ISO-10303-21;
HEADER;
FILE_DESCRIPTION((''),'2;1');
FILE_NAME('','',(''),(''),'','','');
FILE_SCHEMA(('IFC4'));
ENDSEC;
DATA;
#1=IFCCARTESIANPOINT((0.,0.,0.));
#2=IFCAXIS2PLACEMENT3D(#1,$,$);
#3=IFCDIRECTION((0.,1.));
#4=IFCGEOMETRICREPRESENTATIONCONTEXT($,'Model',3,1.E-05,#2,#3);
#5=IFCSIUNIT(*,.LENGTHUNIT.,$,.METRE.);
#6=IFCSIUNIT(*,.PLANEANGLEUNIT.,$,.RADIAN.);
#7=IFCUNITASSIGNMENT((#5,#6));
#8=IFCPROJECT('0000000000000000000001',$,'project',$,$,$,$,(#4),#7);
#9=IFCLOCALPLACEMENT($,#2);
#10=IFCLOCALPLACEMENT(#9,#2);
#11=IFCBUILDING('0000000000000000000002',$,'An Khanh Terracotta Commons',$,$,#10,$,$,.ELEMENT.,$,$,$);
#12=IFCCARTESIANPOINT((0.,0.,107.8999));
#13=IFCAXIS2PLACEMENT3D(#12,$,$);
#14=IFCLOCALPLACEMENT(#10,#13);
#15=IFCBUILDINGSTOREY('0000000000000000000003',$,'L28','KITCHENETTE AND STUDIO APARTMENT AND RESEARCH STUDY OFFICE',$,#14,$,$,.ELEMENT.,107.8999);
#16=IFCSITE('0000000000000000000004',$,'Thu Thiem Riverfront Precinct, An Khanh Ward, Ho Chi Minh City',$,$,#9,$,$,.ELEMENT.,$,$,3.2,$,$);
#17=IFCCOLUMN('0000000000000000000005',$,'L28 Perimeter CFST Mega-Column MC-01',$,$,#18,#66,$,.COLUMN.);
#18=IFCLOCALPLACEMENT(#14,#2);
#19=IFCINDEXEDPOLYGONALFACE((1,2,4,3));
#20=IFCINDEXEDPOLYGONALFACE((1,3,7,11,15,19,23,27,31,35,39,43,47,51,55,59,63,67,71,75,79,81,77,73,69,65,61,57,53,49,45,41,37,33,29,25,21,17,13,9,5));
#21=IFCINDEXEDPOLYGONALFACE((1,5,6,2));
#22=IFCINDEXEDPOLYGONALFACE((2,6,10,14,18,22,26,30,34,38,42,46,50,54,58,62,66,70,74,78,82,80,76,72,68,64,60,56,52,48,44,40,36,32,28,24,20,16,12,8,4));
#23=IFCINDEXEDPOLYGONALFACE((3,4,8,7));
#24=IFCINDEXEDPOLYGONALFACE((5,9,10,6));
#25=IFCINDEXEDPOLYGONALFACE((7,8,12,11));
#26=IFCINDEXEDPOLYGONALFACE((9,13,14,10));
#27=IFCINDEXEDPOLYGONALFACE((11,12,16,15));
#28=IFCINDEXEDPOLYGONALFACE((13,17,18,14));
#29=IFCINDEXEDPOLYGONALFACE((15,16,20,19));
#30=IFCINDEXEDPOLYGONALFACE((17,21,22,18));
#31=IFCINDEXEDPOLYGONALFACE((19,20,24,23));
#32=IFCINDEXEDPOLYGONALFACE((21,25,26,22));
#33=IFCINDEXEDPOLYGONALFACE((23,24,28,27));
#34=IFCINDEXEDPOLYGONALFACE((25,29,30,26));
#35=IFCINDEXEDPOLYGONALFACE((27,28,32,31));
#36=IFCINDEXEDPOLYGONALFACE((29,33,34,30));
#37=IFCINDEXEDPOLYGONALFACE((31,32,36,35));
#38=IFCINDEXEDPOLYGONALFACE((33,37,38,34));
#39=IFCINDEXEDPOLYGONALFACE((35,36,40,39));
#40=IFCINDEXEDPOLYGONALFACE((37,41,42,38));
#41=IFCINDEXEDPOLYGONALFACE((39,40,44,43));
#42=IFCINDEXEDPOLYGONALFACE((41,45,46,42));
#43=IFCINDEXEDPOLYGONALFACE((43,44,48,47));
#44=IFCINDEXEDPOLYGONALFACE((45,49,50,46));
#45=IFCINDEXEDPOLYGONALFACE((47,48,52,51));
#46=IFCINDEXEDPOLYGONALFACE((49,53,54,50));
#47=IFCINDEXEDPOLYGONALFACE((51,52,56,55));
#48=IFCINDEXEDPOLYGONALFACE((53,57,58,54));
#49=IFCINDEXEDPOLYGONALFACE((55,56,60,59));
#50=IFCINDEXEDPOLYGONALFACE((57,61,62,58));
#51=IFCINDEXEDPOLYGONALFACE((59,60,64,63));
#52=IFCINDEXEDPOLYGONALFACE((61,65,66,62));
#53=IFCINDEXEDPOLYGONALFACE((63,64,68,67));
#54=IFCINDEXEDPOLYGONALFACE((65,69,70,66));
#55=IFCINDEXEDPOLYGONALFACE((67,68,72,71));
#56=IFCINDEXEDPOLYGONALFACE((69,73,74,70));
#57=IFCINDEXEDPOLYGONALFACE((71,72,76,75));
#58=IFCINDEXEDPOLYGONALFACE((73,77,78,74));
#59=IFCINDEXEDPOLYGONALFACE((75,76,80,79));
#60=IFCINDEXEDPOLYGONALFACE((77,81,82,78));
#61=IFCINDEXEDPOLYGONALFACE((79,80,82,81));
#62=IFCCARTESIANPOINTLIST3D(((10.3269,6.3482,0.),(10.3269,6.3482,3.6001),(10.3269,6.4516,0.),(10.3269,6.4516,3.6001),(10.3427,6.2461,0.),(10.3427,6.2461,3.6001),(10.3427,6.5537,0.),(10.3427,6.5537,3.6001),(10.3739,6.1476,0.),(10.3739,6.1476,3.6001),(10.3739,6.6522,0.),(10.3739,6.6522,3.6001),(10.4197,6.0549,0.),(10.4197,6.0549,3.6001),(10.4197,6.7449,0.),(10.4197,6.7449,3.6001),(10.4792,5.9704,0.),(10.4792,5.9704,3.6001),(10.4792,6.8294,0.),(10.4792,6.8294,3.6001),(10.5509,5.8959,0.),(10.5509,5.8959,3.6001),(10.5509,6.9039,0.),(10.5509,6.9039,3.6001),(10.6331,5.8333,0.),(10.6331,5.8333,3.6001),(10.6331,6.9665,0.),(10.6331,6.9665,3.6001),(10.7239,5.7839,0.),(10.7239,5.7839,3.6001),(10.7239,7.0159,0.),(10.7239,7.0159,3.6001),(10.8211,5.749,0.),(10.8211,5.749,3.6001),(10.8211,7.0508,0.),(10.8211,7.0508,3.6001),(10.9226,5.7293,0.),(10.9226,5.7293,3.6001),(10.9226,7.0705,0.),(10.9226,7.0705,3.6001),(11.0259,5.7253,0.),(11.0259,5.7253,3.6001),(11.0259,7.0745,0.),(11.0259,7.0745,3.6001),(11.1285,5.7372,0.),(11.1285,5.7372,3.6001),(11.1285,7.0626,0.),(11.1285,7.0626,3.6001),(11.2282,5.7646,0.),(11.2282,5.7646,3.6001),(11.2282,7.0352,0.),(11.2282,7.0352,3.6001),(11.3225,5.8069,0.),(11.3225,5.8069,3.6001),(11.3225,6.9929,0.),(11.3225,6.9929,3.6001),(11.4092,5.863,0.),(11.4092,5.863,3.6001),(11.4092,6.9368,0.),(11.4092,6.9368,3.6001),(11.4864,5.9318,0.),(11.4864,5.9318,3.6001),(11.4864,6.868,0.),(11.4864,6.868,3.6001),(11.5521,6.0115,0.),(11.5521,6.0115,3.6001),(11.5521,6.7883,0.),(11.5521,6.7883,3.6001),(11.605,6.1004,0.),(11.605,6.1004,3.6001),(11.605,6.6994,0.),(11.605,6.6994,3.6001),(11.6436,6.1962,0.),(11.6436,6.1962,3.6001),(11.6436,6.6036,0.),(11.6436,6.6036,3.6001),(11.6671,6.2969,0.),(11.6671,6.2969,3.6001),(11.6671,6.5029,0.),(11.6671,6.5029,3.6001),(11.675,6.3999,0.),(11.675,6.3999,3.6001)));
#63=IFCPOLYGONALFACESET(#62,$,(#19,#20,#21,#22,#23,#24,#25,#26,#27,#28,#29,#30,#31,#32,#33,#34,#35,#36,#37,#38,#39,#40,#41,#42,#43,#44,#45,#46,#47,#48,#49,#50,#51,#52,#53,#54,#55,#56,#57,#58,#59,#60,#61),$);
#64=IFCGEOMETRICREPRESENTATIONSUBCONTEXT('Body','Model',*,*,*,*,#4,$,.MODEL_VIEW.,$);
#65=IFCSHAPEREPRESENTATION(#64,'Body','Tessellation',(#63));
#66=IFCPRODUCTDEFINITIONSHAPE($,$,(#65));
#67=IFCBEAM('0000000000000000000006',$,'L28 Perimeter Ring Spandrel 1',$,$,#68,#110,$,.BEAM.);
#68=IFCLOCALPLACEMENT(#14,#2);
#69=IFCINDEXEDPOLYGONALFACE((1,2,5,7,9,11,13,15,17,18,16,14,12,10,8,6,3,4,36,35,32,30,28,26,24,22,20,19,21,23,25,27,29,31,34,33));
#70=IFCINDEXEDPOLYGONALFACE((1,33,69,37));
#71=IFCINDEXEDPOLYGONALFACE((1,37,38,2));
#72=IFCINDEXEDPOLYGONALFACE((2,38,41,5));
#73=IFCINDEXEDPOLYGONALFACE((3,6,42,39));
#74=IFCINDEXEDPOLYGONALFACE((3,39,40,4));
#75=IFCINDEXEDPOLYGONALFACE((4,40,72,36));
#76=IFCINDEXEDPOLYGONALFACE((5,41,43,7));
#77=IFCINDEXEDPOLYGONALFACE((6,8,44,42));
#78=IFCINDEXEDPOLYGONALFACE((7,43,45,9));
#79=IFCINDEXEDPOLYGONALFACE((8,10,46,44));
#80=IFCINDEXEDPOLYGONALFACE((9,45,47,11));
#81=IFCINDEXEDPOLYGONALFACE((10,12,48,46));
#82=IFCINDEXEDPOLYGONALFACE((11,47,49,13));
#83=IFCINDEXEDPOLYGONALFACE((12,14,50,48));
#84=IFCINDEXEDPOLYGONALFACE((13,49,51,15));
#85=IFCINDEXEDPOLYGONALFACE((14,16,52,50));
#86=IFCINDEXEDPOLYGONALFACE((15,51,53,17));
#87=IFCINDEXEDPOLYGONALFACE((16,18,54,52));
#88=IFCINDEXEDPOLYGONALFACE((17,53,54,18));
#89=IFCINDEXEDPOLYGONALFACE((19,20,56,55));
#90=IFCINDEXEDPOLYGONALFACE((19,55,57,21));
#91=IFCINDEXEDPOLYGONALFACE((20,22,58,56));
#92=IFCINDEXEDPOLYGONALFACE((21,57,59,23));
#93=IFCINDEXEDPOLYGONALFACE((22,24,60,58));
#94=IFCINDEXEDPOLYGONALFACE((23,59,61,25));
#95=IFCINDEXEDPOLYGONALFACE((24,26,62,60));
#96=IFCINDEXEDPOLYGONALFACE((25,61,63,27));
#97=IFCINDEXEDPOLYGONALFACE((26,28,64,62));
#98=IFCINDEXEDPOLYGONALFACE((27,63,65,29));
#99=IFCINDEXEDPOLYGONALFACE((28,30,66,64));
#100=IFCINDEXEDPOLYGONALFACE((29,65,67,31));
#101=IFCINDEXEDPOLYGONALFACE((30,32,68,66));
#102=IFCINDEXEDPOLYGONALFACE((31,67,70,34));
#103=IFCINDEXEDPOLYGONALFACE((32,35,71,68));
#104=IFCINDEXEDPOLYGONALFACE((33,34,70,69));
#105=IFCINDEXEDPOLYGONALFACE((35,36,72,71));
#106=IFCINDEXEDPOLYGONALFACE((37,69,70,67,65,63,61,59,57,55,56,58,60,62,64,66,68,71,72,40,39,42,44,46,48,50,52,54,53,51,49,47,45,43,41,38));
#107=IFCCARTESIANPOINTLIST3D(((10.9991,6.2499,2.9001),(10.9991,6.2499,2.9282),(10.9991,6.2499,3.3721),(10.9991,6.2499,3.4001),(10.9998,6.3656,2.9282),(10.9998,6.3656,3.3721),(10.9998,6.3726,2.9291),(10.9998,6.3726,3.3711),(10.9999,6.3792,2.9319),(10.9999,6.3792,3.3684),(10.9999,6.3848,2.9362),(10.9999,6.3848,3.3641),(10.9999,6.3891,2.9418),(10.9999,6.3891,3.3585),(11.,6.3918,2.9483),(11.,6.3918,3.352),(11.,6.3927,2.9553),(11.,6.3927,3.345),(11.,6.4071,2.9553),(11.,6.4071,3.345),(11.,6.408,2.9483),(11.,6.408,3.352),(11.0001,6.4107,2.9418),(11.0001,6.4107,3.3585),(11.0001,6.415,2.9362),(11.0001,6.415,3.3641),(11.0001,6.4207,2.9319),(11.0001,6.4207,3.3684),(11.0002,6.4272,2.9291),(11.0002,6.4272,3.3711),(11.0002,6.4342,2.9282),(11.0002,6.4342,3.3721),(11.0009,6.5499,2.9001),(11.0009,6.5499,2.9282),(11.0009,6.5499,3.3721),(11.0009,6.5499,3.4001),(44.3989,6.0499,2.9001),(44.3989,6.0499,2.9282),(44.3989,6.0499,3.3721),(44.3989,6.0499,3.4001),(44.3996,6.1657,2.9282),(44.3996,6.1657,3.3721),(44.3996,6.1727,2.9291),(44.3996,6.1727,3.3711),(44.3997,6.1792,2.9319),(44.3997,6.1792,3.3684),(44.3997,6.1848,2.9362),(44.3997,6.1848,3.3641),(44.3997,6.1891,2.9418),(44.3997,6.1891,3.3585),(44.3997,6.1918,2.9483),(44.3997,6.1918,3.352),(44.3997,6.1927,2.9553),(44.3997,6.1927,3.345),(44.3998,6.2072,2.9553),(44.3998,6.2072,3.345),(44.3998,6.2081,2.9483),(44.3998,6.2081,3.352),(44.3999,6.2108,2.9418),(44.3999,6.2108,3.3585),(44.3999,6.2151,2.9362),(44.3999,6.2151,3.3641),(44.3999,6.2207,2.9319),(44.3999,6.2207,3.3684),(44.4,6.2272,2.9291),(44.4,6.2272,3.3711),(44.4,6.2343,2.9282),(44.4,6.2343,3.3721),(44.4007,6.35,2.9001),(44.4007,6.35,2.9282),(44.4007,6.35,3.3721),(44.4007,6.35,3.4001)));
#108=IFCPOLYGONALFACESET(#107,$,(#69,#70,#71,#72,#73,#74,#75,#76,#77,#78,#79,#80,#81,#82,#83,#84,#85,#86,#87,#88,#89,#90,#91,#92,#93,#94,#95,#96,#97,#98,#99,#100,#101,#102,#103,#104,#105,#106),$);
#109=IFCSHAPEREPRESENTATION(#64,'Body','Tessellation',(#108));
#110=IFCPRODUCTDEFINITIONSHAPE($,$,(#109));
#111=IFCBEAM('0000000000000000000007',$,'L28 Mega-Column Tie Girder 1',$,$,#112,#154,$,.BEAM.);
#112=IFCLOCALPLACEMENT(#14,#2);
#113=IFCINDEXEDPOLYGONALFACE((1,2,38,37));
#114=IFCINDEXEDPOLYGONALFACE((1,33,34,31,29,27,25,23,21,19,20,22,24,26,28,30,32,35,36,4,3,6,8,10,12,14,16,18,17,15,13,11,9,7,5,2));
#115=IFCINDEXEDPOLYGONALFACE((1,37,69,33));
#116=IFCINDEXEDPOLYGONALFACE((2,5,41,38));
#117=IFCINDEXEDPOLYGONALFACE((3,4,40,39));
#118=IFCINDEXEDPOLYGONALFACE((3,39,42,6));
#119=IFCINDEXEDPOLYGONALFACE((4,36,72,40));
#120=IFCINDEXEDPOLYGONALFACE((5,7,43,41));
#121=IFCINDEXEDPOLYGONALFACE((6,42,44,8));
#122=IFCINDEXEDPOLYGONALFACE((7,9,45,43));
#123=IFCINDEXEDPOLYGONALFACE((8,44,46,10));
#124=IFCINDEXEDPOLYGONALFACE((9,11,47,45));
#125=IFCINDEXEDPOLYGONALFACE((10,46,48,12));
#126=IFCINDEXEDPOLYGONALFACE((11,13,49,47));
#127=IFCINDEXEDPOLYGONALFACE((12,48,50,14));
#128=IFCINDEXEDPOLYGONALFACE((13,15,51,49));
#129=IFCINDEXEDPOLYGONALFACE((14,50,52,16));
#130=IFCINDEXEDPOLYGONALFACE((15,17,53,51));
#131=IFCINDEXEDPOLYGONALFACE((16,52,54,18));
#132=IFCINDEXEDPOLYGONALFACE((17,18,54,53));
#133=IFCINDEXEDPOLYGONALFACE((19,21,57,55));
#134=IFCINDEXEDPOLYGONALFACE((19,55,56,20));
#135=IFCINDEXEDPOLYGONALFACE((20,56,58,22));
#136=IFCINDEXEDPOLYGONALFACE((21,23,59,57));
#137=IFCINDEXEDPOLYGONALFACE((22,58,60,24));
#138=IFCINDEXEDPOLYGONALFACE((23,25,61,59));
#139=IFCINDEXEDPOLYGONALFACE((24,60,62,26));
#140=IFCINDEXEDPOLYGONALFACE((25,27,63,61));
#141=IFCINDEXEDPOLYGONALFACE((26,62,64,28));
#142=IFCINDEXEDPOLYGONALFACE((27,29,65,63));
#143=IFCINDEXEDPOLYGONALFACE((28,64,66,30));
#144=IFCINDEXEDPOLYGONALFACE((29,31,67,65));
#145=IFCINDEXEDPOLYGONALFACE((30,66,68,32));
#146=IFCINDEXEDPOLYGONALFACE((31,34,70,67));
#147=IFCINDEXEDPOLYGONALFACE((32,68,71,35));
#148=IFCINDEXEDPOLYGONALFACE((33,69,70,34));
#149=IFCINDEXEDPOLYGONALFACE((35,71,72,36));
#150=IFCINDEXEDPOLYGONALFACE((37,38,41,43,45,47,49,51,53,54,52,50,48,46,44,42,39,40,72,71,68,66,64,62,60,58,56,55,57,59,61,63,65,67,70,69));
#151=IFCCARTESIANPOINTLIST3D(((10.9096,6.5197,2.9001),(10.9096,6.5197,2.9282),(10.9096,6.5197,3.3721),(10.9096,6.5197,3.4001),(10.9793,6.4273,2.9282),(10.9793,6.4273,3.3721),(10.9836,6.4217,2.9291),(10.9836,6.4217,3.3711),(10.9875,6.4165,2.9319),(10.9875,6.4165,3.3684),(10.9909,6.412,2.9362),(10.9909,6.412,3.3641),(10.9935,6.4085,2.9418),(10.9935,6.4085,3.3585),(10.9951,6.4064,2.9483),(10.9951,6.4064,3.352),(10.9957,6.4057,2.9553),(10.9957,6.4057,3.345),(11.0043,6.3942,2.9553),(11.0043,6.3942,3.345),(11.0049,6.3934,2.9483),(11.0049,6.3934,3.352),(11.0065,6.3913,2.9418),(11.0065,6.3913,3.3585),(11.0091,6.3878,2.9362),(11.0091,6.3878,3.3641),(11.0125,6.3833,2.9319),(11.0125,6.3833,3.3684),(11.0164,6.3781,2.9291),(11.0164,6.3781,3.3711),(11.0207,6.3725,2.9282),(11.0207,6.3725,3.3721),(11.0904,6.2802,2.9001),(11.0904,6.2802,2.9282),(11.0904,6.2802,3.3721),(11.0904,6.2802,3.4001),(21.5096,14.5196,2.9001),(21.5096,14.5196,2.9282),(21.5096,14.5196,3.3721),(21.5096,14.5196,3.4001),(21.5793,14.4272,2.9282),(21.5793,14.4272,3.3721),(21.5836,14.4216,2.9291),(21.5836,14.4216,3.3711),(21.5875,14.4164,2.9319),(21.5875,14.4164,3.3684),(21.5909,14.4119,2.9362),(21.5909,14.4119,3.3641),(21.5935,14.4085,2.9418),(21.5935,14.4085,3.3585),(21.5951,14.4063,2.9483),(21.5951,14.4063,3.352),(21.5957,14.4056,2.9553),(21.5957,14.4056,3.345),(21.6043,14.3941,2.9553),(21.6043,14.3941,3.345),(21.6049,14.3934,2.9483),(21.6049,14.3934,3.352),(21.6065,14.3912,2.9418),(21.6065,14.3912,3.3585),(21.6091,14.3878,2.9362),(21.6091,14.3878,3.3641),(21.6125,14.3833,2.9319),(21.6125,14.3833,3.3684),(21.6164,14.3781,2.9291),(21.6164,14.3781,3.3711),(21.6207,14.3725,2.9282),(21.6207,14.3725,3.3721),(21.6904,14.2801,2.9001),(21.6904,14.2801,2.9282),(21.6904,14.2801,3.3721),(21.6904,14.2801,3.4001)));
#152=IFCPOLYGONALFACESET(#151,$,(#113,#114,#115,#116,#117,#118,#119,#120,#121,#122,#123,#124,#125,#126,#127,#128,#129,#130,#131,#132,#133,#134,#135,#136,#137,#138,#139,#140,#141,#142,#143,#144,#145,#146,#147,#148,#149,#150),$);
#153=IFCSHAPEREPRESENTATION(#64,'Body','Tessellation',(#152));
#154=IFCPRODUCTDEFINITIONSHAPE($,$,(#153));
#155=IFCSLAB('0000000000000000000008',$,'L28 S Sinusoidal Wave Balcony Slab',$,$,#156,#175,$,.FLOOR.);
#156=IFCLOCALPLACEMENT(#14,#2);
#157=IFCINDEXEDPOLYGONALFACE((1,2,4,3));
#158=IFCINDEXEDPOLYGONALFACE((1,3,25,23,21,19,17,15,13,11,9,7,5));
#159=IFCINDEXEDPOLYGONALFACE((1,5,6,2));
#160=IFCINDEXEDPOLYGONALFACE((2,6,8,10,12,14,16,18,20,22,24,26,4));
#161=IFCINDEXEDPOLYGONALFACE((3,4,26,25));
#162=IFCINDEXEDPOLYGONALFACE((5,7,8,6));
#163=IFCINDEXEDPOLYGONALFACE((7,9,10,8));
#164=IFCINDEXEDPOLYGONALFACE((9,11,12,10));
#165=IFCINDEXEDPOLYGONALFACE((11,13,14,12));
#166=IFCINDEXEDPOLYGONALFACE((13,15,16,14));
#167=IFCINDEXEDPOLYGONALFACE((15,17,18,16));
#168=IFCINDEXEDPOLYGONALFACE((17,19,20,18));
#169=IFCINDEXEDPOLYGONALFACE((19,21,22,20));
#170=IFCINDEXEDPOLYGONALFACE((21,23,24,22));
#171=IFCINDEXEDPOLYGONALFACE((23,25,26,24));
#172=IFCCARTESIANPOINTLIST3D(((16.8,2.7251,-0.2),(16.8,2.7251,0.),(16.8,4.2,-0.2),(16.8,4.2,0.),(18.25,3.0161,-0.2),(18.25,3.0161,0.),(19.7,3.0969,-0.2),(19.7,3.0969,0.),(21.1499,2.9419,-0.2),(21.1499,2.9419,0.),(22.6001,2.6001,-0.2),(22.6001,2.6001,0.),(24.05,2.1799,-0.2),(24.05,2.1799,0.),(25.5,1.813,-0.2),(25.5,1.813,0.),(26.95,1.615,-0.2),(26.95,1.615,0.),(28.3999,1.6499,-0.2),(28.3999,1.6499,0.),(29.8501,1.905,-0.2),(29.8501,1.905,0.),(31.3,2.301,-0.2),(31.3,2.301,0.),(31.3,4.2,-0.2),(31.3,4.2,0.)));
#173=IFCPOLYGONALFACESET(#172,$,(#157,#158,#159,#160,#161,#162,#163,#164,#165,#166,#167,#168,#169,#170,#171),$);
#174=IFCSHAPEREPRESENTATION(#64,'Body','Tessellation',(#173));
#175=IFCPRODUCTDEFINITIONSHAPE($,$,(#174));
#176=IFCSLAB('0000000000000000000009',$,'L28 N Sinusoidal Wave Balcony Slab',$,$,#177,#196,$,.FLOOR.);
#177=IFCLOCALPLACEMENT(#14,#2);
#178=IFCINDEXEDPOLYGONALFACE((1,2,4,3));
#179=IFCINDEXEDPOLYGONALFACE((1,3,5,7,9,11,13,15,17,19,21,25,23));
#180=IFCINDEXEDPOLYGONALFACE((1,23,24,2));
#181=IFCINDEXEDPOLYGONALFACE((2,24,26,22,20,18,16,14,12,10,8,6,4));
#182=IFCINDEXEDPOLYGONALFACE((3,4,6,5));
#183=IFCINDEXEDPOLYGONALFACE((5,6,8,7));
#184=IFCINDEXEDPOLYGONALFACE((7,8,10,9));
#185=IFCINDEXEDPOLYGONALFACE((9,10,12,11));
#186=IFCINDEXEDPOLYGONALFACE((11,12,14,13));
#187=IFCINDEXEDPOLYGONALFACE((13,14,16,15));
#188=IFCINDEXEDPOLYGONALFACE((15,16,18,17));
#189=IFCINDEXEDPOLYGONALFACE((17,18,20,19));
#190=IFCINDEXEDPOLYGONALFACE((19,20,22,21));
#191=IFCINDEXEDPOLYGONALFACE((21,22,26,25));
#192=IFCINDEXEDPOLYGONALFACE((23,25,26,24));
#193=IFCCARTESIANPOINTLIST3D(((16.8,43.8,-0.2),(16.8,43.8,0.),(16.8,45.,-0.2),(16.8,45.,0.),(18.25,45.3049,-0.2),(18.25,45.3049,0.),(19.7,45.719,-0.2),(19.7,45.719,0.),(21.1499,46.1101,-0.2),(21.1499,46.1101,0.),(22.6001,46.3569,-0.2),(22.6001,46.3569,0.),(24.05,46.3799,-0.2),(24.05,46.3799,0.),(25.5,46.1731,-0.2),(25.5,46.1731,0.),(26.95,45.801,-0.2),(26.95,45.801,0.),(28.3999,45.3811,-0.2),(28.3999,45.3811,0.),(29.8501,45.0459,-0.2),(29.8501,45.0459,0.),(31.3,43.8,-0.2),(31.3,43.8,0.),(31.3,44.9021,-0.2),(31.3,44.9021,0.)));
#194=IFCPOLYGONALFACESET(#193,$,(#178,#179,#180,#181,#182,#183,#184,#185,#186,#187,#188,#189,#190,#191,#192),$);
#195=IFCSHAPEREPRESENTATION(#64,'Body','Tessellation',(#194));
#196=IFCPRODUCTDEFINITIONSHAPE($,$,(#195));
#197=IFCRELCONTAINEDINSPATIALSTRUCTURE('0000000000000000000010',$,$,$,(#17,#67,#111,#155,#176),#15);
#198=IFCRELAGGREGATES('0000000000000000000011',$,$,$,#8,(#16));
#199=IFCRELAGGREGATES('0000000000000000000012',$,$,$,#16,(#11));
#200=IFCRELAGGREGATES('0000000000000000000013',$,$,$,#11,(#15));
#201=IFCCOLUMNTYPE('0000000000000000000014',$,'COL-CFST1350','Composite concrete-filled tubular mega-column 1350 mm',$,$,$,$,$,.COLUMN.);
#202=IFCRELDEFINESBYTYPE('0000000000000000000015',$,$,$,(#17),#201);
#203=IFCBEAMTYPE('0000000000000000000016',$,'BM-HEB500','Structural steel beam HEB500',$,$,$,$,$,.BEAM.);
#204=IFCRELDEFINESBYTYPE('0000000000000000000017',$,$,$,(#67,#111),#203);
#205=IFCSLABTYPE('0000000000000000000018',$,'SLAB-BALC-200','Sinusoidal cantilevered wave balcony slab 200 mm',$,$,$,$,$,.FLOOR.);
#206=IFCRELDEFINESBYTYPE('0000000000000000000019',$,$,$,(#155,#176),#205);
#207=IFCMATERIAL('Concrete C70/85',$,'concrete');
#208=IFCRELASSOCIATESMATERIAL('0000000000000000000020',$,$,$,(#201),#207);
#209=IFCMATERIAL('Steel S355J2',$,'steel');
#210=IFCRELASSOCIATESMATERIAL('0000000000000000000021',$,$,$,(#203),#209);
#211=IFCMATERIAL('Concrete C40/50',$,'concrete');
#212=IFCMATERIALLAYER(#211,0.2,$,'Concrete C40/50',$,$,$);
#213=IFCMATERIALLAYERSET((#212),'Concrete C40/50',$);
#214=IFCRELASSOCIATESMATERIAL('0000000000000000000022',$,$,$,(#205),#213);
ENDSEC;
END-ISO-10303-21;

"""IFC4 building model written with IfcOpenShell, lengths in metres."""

from ifc_helpers import new_model, si_unit, direction, frame, origin, origin_2d, place, context, subcontext, project, spatial, polyline, circle, i_section, outline, extrude, material, layer, layer_set, material_profile, profile_set, type_object, element, save


model = new_model("IFC4")

# Units and contexts
model_context = context("Model", 3, precision=1e-05, world=origin(), true_north=direction((0.0, 1.0)))
body_context = subcontext(model_context, "Body", "Model", "MODEL_VIEW")
ifc_project = project(units=[si_unit("LENGTHUNIT", "METRE"), si_unit("PLANEANGLEUNIT", "RADIAN")], contexts=[model_context])

# Site, building, storey
site_placement = place(None, origin())
site = spatial("IfcSite", under=ifc_project, at=site_placement, Name="Thu Thiem Riverfront Precinct, An Khanh Ward, Ho Chi Minh City", CompositionType="ELEMENT", RefElevation=3.2)
building_placement = place(site_placement, origin())
building = spatial("IfcBuilding", under=site, at=building_placement, Name="An Khanh Terracotta Commons", CompositionType="ELEMENT")
storey_placement = place(building_placement, frame((0.0, 0.0, 107.8999)))
storey = spatial("IfcBuildingStorey", under=building, at=storey_placement, Name="L28", Description="KITCHENETTE AND STUDIO APARTMENT AND RESEARCH STUDY OFFICE", CompositionType="ELEMENT", Elevation=107.8999)

# Column
ifc_material_1 = material(Name="Concrete C70/85", Category="concrete")
ifc_material_profile_1 = material_profile(ifc_material_1, circle(Radius=0.675, at=origin_2d()), Name="CFST1350")
ifc_profile_set_1 = profile_set([ifc_material_profile_1], Name="Concrete C70/85")
column_type = type_object("IfcColumnType", Name="COL-CFST1350", Description="Composite concrete-filled tubular mega-column 1350 mm", PredefinedType="COLUMN", material=ifc_profile_set_1)
column_placement = place(storey_placement, frame((11.0, 6.3999, 0.0), z_axis=(0.0, 0.0, 1.0), x_axis=(1.0, 0.0, 0.0)))
element("IfcColumn", 1, at=column_placement, inside=storey, type_object=column_type, Name="L28 Perimeter CFST Mega-Column MC-01", PredefinedType="COLUMN", context=body_context, shape_type="SweptSolid", body=[
    extrude(circle(Radius=0.675, at=origin_2d()), origin(), (0.0, 0.0, 1.0), 3.6001),
])

# Beams
ifc_material_2 = material(Name="Steel S355J2", Category="steel")
ifc_material_profile_2 = material_profile(ifc_material_2, i_section(OverallWidth=0.3, OverallDepth=0.5, WebThickness=0.0144, FlangeThickness=0.0281, FilletRadius=0.0271, at=origin_2d()), Name="HEB500")
ifc_profile_set_2 = profile_set([ifc_material_profile_2], Name="Steel S355J2")
beam_type = type_object("IfcBeamType", Name="BM-HEB500", Description="Structural steel beam HEB500", PredefinedType="BEAM", material=ifc_profile_set_2)
beam_1_placement = place(storey_placement, frame((11.0, 6.3999, 3.1501), z_axis=(0.999982, -0.005986, 0.0), x_axis=(0.005986, 0.999982, 0.0)))
element("IfcBeam", 2, at=beam_1_placement, inside=storey, type_object=beam_type, Name="L28 Perimeter Ring Spandrel 1", PredefinedType="BEAM", context=body_context, shape_type="SweptSolid", body=[
    extrude(i_section(OverallWidth=0.3, OverallDepth=0.5, WebThickness=0.0144, FlangeThickness=0.0281, FilletRadius=0.0271, at=origin_2d()), origin(), (0.0, 0.0, 1.0), 33.4004),
])
beam_2_placement = place(storey_placement, frame((11.0, 6.3999, 3.1501), z_axis=(0.798192, 0.602403, 0.0), x_axis=(-0.602403, 0.798192, 0.0)))
element("IfcBeam", 3, at=beam_2_placement, inside=storey, type_object=beam_type, Name="L28 Mega-Column Tie Girder 1", PredefinedType="BEAM", context=body_context, shape_type="SweptSolid", body=[
    extrude(i_section(OverallWidth=0.3, OverallDepth=0.5, WebThickness=0.0144, FlangeThickness=0.0281, FilletRadius=0.0271, at=origin_2d()), origin(), (0.0, 0.0, 1.0), 13.28),
])

# Slabs
ifc_material_3 = material(Name="Concrete C40/50", Category="concrete")
ifc_layer_1 = layer(ifc_material_3, 0.2, Name="Concrete C40/50")
ifc_layer_set_1 = layer_set([ifc_layer_1], Name="Concrete C40/50")
slab_type_1 = type_object("IfcSlabType", Name="SLAB-BALC-200", Description="Sinusoidal cantilevered wave balcony slab 200 mm", PredefinedType="FLOOR", material=ifc_layer_set_1)
slab_1_placement = place(storey_placement, frame((0.0, 0.0, -0.2)))
element("IfcSlab", 4, at=slab_1_placement, inside=storey, type_object=slab_type_1, Name="L28 S Sinusoidal Wave Balcony Slab", PredefinedType="FLOOR", context=body_context, shape_type="SweptSolid", body=[
    extrude(outline(polyline([(16.8, 4.2), (16.8, 2.7251), (18.25, 3.0161), (19.7, 3.0969), (21.1499, 2.9419), (22.6001, 2.6001), (24.05, 2.1799), (25.5, 1.813), (26.95, 1.615), (28.3999, 1.6499), (29.8501, 1.905), (31.3, 2.301), (31.3, 4.2), (16.8, 4.2)])), origin(), (0.0, 0.0, 1.0), 0.2),
])
slab_2_placement = place(storey_placement, frame((0.0, 0.0, -0.2)))
element("IfcSlab", 5, at=slab_2_placement, inside=storey, type_object=slab_type_1, Name="L28 N Sinusoidal Wave Balcony Slab", PredefinedType="FLOOR", context=body_context, shape_type="SweptSolid", body=[
    extrude(outline(polyline([(31.3, 43.8), (31.3, 44.9021), (29.8501, 45.0459), (28.3999, 45.3811), (26.95, 45.801), (25.5, 46.1731), (24.05, 46.3799), (22.6001, 46.3569), (21.1499, 46.1101), (19.7, 45.719), (18.25, 45.3049), (16.8, 45.0), (16.8, 43.8), (31.3, 43.8)])), origin(), (0.0, 0.0, 1.0), 0.2),
])

save(model, "model.ifc")
